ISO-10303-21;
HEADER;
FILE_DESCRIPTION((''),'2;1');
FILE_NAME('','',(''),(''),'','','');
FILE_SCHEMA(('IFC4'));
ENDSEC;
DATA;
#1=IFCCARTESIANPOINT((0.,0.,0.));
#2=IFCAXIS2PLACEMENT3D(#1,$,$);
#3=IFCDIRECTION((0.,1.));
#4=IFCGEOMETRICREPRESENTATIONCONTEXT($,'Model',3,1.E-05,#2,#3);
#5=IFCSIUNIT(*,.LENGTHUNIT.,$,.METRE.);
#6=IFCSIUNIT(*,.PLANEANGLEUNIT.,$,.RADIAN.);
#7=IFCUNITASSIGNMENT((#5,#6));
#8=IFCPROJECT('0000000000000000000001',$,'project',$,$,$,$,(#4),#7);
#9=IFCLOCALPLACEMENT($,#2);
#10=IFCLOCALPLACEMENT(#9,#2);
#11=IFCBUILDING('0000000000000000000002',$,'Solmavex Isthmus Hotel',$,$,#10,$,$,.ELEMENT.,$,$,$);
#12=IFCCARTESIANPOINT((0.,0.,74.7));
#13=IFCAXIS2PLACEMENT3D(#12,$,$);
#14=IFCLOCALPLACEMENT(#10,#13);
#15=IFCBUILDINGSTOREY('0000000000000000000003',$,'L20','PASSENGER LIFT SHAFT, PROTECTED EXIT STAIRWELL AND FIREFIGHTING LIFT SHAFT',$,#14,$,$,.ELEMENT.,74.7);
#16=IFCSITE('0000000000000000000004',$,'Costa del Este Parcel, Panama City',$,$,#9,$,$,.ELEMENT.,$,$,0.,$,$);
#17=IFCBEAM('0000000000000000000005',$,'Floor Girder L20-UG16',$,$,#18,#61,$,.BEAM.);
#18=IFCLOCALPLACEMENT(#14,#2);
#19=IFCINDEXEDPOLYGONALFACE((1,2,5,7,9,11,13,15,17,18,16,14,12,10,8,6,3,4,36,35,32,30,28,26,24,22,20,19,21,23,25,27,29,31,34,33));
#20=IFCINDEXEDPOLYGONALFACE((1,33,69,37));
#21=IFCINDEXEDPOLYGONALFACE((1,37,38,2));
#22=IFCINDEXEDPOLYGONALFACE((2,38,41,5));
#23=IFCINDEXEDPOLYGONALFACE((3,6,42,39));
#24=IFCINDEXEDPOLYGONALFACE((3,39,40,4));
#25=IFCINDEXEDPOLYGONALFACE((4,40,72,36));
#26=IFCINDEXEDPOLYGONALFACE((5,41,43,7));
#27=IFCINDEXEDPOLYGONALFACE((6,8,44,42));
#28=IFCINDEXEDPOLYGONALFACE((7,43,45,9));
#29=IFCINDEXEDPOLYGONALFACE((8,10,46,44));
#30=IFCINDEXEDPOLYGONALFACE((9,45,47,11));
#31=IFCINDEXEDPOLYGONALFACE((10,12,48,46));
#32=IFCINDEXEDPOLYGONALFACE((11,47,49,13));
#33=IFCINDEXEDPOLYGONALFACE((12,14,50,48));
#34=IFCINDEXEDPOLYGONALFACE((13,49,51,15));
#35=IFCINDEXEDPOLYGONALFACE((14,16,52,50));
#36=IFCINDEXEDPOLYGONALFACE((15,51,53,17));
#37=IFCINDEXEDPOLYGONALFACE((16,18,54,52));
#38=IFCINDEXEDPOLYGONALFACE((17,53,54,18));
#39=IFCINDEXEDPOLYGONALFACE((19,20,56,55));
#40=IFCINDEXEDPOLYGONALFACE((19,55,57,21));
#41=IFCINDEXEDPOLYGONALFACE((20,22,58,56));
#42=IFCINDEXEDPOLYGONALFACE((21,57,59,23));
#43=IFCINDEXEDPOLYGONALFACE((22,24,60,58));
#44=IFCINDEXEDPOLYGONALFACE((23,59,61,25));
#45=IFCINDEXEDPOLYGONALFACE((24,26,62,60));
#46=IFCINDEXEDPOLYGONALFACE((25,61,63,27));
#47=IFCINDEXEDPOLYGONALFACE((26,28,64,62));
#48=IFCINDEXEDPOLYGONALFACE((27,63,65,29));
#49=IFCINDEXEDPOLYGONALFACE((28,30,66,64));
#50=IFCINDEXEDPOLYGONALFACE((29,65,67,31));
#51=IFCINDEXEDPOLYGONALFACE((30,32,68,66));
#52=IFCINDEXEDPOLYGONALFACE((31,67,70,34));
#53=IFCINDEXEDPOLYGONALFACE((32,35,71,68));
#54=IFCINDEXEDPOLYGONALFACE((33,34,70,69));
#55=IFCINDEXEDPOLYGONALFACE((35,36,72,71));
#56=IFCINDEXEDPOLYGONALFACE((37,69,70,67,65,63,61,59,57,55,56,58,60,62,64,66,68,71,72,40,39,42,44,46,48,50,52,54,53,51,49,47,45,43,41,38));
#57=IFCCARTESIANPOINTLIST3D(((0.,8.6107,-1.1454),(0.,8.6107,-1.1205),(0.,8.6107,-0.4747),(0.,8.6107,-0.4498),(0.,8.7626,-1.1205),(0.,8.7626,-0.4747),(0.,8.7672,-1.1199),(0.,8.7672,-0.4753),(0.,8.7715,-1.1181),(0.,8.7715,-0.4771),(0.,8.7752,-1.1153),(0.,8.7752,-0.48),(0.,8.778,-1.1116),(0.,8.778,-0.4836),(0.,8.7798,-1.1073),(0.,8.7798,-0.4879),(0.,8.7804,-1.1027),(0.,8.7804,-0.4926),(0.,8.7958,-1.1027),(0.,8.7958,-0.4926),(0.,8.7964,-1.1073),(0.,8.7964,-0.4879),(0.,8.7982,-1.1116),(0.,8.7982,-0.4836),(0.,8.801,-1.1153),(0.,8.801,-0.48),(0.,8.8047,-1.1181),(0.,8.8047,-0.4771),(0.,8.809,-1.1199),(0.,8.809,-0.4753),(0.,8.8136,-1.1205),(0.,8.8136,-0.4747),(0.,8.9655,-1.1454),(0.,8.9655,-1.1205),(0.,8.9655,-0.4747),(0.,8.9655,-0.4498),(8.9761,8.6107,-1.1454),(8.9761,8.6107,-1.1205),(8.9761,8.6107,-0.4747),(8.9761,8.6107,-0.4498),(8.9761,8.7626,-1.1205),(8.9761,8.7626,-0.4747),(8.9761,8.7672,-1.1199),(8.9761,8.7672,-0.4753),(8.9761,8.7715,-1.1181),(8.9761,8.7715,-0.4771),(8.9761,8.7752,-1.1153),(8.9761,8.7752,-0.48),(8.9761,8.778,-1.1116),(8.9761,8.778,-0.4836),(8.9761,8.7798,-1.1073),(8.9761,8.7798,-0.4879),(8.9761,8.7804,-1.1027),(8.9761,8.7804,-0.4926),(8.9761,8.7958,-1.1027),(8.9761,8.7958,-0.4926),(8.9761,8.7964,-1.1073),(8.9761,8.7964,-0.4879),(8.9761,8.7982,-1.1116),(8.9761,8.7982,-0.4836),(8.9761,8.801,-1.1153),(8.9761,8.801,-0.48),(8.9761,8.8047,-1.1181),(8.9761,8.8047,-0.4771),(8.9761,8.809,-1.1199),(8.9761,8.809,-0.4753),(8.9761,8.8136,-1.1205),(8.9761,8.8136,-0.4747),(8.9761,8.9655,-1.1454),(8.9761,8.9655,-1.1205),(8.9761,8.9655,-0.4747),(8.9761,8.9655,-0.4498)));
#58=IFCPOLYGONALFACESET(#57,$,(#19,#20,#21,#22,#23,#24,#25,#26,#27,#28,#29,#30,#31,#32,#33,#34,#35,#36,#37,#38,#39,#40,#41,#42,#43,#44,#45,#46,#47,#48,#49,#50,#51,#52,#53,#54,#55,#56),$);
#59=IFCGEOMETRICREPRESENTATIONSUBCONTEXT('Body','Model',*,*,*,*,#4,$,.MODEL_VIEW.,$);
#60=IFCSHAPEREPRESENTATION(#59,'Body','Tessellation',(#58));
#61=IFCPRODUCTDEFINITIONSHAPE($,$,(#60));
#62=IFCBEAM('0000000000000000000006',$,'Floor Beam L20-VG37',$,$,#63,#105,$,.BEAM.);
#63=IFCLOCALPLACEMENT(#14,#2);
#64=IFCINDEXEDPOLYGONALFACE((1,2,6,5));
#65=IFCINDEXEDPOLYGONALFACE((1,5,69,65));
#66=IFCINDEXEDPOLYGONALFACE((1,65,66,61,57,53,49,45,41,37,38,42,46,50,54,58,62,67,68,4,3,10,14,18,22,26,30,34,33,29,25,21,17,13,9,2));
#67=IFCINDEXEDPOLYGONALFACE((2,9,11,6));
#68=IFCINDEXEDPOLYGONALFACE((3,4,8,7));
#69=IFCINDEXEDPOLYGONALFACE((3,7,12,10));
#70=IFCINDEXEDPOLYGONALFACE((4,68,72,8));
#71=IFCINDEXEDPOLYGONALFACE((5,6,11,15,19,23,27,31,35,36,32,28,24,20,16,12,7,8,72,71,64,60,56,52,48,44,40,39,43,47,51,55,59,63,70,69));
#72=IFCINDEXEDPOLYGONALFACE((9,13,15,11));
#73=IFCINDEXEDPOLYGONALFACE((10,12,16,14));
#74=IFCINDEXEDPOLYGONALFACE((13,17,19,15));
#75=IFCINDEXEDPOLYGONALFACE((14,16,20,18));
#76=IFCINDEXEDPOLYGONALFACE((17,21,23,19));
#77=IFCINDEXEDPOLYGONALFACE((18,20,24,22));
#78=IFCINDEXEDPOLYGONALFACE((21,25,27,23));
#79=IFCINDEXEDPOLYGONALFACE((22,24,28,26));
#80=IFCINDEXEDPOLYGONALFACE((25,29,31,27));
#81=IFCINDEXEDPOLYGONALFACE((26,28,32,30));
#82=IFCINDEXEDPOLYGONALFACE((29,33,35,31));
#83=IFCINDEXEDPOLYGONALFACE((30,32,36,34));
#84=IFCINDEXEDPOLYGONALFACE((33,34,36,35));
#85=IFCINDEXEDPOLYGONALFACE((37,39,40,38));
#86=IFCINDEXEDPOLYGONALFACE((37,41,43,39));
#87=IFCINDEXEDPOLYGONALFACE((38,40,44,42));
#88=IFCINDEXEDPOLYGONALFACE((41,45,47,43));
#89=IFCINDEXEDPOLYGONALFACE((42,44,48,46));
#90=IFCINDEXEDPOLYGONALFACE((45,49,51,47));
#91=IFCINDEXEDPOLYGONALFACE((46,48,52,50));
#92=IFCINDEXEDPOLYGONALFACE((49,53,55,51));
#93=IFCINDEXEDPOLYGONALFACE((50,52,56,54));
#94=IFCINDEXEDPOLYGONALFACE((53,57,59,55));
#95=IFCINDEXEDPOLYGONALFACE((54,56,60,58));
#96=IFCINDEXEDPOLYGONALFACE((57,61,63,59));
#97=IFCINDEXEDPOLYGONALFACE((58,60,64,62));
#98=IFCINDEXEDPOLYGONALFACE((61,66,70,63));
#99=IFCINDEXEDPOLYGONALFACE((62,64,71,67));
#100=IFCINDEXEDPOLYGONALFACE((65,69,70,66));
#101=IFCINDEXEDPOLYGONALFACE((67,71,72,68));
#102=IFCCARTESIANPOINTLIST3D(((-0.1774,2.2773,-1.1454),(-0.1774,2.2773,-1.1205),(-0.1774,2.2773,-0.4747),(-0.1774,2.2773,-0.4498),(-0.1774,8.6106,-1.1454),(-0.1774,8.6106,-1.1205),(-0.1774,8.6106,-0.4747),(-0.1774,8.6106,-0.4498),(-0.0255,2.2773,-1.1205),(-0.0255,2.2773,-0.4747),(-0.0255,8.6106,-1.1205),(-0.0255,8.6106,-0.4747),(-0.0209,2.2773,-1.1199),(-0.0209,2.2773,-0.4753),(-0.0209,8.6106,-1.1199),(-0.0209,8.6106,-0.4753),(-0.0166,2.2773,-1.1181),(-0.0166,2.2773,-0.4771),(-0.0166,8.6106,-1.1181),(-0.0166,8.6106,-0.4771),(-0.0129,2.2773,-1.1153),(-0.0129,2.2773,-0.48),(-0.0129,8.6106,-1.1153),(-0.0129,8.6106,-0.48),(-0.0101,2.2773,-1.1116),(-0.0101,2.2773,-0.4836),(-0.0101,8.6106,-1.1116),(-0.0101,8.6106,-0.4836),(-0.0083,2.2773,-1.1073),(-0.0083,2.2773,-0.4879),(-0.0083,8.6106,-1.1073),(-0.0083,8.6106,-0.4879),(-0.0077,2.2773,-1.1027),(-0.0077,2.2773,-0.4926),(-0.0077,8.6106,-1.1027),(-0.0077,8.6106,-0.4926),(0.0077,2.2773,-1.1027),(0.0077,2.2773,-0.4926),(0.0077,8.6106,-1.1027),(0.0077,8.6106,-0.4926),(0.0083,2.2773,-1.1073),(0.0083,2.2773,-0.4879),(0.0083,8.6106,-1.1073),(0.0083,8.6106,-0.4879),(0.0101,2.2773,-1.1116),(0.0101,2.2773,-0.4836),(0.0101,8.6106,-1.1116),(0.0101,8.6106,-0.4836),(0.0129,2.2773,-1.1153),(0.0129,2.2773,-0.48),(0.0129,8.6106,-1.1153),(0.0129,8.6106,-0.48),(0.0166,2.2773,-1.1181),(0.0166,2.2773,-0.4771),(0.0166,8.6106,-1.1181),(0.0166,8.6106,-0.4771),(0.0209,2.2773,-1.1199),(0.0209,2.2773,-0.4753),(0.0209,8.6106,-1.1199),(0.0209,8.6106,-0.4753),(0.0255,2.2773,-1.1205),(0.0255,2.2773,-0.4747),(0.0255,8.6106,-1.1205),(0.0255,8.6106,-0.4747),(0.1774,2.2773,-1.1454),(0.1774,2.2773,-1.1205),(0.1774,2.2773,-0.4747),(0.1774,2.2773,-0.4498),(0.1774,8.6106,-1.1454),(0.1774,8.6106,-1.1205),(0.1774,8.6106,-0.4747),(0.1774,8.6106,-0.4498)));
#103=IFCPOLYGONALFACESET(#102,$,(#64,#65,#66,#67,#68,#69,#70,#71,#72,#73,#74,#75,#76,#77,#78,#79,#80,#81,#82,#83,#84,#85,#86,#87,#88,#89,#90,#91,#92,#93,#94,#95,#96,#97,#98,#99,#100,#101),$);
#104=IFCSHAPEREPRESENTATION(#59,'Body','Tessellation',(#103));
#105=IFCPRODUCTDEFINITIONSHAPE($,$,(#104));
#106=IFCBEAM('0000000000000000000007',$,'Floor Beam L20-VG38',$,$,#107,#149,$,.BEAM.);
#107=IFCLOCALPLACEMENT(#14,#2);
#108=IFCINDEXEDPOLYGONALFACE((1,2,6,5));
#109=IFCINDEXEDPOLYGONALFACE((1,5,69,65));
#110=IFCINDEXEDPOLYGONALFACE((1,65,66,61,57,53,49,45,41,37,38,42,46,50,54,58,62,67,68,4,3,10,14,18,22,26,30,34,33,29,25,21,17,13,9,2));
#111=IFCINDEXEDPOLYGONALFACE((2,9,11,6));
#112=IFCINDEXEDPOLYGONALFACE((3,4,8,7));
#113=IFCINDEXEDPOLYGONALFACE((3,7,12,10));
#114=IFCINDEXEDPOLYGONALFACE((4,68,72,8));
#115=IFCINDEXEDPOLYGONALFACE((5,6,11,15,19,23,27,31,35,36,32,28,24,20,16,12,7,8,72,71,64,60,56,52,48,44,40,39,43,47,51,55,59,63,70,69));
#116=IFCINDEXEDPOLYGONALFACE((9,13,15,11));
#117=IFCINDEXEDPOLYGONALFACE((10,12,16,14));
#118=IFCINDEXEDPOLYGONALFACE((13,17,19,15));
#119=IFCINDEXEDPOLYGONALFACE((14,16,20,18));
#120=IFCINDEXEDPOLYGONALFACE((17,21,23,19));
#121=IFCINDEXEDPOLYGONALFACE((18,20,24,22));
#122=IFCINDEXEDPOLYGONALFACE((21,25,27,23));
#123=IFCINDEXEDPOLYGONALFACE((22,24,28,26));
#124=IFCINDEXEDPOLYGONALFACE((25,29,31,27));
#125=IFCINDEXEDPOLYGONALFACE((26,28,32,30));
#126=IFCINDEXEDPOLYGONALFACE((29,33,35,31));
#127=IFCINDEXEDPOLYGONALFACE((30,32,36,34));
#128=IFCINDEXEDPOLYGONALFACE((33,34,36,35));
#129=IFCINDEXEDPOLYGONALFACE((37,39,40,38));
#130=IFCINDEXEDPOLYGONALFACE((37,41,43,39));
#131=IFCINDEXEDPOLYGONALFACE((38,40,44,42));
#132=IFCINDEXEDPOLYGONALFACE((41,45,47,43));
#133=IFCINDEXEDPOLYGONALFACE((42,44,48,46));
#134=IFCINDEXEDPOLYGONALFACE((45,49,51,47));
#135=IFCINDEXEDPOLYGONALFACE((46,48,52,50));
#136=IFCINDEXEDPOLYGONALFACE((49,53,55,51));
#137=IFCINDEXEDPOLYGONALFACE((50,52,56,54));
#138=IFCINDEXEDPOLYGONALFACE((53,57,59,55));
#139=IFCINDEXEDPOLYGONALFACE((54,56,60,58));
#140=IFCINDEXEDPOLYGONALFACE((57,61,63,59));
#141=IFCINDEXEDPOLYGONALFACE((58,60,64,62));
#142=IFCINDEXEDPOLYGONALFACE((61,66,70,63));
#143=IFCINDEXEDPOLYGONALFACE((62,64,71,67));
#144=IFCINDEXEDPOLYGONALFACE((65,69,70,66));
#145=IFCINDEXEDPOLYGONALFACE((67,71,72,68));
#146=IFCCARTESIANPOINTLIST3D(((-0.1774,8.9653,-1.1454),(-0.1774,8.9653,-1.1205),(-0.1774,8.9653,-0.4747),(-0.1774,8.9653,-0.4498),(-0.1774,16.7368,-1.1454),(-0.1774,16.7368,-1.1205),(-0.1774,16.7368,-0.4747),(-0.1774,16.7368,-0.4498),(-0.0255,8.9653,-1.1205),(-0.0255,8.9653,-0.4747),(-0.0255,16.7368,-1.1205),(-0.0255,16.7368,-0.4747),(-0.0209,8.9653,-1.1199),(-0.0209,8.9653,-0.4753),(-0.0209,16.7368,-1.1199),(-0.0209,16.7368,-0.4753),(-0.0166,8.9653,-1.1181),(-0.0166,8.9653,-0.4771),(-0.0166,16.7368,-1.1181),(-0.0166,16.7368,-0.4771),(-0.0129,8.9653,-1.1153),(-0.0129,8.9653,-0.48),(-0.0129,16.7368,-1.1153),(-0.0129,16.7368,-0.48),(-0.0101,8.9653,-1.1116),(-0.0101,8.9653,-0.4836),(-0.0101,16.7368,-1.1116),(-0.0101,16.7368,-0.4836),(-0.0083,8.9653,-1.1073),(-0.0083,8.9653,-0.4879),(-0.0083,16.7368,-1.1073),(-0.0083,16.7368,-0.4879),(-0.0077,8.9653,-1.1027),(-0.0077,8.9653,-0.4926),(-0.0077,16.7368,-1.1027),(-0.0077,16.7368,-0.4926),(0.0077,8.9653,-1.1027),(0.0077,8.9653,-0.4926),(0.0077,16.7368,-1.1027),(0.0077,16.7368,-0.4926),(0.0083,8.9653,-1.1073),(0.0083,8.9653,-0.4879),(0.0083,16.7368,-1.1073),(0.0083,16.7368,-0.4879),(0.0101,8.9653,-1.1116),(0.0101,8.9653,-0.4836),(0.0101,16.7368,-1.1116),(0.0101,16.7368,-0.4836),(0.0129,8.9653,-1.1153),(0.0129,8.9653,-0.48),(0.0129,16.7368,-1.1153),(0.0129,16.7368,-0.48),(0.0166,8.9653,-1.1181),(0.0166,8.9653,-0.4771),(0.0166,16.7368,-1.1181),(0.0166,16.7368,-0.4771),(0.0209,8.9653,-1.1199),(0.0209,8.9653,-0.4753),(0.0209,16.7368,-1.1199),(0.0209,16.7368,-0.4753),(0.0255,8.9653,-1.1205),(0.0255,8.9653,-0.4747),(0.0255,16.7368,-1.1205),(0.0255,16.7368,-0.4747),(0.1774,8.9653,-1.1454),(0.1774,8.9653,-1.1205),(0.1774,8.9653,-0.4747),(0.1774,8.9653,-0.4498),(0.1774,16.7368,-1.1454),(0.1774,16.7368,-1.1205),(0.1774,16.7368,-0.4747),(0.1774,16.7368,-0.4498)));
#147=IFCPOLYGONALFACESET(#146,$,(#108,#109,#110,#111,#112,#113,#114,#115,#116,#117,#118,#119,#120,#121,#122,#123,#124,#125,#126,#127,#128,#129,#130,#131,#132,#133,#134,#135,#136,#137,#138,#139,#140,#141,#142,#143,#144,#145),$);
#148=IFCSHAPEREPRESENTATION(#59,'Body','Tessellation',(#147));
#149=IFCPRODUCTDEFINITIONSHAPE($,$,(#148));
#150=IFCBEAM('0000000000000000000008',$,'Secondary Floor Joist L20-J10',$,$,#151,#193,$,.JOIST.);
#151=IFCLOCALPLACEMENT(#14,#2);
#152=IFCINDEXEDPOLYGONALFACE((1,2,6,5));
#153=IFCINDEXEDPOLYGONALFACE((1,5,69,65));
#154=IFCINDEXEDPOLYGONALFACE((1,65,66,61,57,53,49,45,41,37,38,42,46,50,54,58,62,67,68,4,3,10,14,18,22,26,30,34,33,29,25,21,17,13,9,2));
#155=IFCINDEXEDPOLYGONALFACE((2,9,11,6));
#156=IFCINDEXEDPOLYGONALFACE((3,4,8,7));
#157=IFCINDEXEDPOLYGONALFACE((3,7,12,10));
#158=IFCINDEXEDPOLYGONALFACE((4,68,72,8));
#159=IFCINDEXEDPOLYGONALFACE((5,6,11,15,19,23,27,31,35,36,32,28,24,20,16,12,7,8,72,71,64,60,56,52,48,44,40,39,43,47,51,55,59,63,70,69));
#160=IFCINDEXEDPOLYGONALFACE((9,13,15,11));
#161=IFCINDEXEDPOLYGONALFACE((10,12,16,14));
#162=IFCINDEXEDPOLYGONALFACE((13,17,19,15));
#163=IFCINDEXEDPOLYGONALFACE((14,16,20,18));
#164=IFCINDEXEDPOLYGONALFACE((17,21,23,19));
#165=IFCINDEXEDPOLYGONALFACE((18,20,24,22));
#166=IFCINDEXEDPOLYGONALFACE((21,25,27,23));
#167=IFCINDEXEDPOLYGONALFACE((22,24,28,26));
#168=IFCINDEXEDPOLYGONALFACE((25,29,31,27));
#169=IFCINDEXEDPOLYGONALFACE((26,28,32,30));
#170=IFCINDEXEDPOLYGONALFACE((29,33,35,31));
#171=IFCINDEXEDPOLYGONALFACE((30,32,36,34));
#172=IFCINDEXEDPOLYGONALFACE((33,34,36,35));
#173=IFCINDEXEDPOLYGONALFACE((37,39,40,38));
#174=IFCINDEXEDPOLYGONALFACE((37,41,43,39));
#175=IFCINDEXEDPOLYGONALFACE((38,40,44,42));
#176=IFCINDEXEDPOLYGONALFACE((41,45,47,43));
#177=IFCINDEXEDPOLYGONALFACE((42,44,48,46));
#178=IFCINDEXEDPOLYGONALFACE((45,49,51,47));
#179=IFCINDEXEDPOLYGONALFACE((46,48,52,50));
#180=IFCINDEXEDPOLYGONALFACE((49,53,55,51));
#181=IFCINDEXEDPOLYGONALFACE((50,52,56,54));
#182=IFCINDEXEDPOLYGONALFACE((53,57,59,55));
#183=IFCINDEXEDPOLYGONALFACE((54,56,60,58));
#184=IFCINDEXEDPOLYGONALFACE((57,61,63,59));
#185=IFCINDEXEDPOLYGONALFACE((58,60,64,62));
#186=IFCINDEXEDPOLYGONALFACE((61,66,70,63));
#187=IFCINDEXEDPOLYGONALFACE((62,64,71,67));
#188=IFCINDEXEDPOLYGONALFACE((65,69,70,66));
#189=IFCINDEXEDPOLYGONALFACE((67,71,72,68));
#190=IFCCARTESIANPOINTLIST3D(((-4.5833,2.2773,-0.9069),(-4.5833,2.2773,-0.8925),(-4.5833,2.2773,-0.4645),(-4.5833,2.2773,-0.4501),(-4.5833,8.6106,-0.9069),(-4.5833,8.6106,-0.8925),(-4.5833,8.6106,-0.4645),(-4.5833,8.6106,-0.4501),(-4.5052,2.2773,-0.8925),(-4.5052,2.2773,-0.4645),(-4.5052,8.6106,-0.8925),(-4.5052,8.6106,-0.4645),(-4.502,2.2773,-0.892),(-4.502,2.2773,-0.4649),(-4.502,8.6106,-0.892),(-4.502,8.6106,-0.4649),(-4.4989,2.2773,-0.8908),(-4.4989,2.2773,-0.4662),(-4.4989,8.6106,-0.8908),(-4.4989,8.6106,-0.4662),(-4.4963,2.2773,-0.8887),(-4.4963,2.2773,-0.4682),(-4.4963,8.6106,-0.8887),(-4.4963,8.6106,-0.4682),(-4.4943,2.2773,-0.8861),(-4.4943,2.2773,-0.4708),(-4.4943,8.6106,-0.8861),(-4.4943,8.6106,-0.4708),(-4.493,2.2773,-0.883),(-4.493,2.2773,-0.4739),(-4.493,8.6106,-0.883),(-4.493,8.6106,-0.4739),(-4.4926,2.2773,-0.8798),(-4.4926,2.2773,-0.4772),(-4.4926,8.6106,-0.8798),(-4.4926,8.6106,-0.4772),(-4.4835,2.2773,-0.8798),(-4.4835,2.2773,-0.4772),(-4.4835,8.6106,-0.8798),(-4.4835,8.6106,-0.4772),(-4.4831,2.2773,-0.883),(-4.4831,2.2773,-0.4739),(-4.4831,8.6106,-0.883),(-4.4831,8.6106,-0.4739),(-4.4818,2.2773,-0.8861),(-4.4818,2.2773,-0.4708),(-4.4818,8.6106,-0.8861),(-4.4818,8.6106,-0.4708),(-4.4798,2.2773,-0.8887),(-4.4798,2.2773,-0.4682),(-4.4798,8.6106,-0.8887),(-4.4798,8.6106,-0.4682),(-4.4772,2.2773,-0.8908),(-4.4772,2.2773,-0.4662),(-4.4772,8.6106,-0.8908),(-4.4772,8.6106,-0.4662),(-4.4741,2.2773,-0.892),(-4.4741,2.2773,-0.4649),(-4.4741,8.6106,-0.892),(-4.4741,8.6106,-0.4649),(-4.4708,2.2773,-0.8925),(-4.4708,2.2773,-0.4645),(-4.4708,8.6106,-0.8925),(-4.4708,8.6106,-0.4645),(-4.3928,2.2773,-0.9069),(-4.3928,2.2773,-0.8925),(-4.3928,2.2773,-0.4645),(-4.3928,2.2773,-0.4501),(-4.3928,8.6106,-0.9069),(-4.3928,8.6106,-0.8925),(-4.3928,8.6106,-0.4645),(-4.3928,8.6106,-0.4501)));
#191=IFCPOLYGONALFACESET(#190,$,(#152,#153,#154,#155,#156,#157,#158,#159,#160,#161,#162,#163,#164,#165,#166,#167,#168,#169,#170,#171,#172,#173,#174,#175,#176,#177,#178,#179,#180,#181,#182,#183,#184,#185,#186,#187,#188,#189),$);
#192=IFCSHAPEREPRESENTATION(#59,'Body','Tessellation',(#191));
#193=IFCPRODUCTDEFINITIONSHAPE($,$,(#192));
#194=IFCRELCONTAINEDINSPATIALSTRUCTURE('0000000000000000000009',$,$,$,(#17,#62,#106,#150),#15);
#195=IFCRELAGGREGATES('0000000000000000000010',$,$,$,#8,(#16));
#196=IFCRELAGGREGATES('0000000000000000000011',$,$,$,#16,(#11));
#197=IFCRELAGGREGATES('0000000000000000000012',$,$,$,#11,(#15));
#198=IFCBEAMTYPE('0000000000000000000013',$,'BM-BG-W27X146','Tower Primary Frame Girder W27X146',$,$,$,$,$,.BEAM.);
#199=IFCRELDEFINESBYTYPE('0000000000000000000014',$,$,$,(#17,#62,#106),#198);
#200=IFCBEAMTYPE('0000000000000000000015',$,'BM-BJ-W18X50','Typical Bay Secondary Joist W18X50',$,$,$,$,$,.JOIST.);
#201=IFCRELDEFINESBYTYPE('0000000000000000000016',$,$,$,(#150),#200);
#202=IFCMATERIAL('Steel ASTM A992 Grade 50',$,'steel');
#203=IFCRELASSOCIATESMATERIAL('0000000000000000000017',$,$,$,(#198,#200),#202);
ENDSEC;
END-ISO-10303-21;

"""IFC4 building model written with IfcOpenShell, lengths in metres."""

from ifc_helpers import new_model, si_unit, direction, frame, origin, origin_2d, place, context, subcontext, project, spatial, i_section, extrude, material, material_profile, profile_set, type_object, element, save


model = new_model("IFC4")

# Units and contexts
model_context = context("Model", 3, precision=1e-05, world=origin(), true_north=direction((0.0, 1.0)))
body_context = subcontext(model_context, "Body", "Model", "MODEL_VIEW")
ifc_project = project(units=[si_unit("LENGTHUNIT", "METRE"), si_unit("PLANEANGLEUNIT", "RADIAN")], contexts=[model_context])

# Site, building, storey
site_placement = place(None, origin())
site = spatial("IfcSite", under=ifc_project, at=site_placement, Name="Costa del Este Parcel, Panama City", CompositionType="ELEMENT", RefElevation=0.0)
building_placement = place(site_placement, origin())
building = spatial("IfcBuilding", under=site, at=building_placement, Name="Solmavex Isthmus Hotel", CompositionType="ELEMENT")
storey_placement = place(building_placement, frame((0.0, 0.0, 74.7)))
storey = spatial("IfcBuildingStorey", under=building, at=storey_placement, Name="L20", Description="PASSENGER LIFT SHAFT, PROTECTED EXIT STAIRWELL AND FIREFIGHTING LIFT SHAFT", CompositionType="ELEMENT", Elevation=74.7)

# Beams
ifc_material_1 = material(Name="Steel ASTM A992 Grade 50", Category="steel")
ifc_material_profile_1 = material_profile(ifc_material_1, i_section(OverallWidth=0.3547, OverallDepth=0.6956, WebThickness=0.0154, FlangeThickness=0.0249, FilletRadius=0.0178, at=origin_2d()), Name="W27X146")
ifc_profile_set_1 = profile_set([ifc_material_profile_1], Name="Steel ASTM A992 Grade 50")
beam_type_1 = type_object("IfcBeamType", Name="BM-BG-W27X146", Description="Tower Primary Frame Girder W27X146", PredefinedType="BEAM", material=ifc_profile_set_1)
for number, where, z_axis, x_axis, name in (
    (1, (0.0, 8.7881, -0.7976), (1.0, 0.0, 0.0), (0.0, 1.0, 0.0), "Floor Girder L20-UG16"),
):
    element("IfcBeam", number, at=place(storey_placement, frame(where, z_axis=z_axis, x_axis=x_axis)), inside=storey, type_object=beam_type_1, Name=name, PredefinedType="BEAM", context=body_context, shape_type="SweptSolid", body=[
        extrude(i_section(OverallWidth=0.3547, OverallDepth=0.6956, WebThickness=0.0154, FlangeThickness=0.0249, FilletRadius=0.0178, at=origin_2d()), origin(), (0.0, 0.0, 1.0), 8.9761),
    ])
beam_1_placement = place(storey_placement, frame((0.0, 2.2773, -0.7976), z_axis=(0.0, 1.0, 0.0), x_axis=(-1.0, 0.0, 0.0)))
element("IfcBeam", 2, at=beam_1_placement, inside=storey, type_object=beam_type_1, Name="Floor Beam L20-VG37", PredefinedType="BEAM", context=body_context, shape_type="SweptSolid", body=[
    extrude(i_section(OverallWidth=0.3547, OverallDepth=0.6956, WebThickness=0.0154, FlangeThickness=0.0249, FilletRadius=0.0178, at=origin_2d()), origin(), (0.0, 0.0, 1.0), 6.3333),
])
beam_2_placement = place(storey_placement, frame((0.0, 8.9653, -0.7976), z_axis=(0.0, 1.0, 0.0), x_axis=(-1.0, 0.0, 0.0)))
element("IfcBeam", 3, at=beam_2_placement, inside=storey, type_object=beam_type_1, Name="Floor Beam L20-VG38", PredefinedType="BEAM", context=body_context, shape_type="SweptSolid", body=[
    extrude(i_section(OverallWidth=0.3547, OverallDepth=0.6956, WebThickness=0.0154, FlangeThickness=0.0249, FilletRadius=0.0178, at=origin_2d()), origin(), (0.0, 0.0, 1.0), 7.7715),
])
ifc_material_profile_2 = material_profile(ifc_material_1, i_section(OverallWidth=0.1904, OverallDepth=0.4568, WebThickness=0.009, FlangeThickness=0.0144, FilletRadius=0.0127, at=origin_2d()), Name="W18X50")
ifc_profile_set_2 = profile_set([ifc_material_profile_2], Name="Steel ASTM A992 Grade 50")
beam_type_2 = type_object("IfcBeamType", Name="BM-BJ-W18X50", Description="Typical Bay Secondary Joist W18X50", PredefinedType="JOIST", material=ifc_profile_set_2)
beam_3_placement = place(storey_placement, frame((-4.488, 2.2773, -0.6785), z_axis=(0.0, 1.0, 0.0), x_axis=(-1.0, 0.0, 0.0)))
element("IfcBeam", 4, at=beam_3_placement, inside=storey, type_object=beam_type_2, Name="Secondary Floor Joist L20-J10", PredefinedType="JOIST", context=body_context, shape_type="SweptSolid", body=[
    extrude(i_section(OverallWidth=0.1904, OverallDepth=0.4568, WebThickness=0.009, FlangeThickness=0.0144, FilletRadius=0.0127, at=origin_2d()), origin(), (0.0, 0.0, 1.0), 6.3333),
])

save(model, "model.ifc")
